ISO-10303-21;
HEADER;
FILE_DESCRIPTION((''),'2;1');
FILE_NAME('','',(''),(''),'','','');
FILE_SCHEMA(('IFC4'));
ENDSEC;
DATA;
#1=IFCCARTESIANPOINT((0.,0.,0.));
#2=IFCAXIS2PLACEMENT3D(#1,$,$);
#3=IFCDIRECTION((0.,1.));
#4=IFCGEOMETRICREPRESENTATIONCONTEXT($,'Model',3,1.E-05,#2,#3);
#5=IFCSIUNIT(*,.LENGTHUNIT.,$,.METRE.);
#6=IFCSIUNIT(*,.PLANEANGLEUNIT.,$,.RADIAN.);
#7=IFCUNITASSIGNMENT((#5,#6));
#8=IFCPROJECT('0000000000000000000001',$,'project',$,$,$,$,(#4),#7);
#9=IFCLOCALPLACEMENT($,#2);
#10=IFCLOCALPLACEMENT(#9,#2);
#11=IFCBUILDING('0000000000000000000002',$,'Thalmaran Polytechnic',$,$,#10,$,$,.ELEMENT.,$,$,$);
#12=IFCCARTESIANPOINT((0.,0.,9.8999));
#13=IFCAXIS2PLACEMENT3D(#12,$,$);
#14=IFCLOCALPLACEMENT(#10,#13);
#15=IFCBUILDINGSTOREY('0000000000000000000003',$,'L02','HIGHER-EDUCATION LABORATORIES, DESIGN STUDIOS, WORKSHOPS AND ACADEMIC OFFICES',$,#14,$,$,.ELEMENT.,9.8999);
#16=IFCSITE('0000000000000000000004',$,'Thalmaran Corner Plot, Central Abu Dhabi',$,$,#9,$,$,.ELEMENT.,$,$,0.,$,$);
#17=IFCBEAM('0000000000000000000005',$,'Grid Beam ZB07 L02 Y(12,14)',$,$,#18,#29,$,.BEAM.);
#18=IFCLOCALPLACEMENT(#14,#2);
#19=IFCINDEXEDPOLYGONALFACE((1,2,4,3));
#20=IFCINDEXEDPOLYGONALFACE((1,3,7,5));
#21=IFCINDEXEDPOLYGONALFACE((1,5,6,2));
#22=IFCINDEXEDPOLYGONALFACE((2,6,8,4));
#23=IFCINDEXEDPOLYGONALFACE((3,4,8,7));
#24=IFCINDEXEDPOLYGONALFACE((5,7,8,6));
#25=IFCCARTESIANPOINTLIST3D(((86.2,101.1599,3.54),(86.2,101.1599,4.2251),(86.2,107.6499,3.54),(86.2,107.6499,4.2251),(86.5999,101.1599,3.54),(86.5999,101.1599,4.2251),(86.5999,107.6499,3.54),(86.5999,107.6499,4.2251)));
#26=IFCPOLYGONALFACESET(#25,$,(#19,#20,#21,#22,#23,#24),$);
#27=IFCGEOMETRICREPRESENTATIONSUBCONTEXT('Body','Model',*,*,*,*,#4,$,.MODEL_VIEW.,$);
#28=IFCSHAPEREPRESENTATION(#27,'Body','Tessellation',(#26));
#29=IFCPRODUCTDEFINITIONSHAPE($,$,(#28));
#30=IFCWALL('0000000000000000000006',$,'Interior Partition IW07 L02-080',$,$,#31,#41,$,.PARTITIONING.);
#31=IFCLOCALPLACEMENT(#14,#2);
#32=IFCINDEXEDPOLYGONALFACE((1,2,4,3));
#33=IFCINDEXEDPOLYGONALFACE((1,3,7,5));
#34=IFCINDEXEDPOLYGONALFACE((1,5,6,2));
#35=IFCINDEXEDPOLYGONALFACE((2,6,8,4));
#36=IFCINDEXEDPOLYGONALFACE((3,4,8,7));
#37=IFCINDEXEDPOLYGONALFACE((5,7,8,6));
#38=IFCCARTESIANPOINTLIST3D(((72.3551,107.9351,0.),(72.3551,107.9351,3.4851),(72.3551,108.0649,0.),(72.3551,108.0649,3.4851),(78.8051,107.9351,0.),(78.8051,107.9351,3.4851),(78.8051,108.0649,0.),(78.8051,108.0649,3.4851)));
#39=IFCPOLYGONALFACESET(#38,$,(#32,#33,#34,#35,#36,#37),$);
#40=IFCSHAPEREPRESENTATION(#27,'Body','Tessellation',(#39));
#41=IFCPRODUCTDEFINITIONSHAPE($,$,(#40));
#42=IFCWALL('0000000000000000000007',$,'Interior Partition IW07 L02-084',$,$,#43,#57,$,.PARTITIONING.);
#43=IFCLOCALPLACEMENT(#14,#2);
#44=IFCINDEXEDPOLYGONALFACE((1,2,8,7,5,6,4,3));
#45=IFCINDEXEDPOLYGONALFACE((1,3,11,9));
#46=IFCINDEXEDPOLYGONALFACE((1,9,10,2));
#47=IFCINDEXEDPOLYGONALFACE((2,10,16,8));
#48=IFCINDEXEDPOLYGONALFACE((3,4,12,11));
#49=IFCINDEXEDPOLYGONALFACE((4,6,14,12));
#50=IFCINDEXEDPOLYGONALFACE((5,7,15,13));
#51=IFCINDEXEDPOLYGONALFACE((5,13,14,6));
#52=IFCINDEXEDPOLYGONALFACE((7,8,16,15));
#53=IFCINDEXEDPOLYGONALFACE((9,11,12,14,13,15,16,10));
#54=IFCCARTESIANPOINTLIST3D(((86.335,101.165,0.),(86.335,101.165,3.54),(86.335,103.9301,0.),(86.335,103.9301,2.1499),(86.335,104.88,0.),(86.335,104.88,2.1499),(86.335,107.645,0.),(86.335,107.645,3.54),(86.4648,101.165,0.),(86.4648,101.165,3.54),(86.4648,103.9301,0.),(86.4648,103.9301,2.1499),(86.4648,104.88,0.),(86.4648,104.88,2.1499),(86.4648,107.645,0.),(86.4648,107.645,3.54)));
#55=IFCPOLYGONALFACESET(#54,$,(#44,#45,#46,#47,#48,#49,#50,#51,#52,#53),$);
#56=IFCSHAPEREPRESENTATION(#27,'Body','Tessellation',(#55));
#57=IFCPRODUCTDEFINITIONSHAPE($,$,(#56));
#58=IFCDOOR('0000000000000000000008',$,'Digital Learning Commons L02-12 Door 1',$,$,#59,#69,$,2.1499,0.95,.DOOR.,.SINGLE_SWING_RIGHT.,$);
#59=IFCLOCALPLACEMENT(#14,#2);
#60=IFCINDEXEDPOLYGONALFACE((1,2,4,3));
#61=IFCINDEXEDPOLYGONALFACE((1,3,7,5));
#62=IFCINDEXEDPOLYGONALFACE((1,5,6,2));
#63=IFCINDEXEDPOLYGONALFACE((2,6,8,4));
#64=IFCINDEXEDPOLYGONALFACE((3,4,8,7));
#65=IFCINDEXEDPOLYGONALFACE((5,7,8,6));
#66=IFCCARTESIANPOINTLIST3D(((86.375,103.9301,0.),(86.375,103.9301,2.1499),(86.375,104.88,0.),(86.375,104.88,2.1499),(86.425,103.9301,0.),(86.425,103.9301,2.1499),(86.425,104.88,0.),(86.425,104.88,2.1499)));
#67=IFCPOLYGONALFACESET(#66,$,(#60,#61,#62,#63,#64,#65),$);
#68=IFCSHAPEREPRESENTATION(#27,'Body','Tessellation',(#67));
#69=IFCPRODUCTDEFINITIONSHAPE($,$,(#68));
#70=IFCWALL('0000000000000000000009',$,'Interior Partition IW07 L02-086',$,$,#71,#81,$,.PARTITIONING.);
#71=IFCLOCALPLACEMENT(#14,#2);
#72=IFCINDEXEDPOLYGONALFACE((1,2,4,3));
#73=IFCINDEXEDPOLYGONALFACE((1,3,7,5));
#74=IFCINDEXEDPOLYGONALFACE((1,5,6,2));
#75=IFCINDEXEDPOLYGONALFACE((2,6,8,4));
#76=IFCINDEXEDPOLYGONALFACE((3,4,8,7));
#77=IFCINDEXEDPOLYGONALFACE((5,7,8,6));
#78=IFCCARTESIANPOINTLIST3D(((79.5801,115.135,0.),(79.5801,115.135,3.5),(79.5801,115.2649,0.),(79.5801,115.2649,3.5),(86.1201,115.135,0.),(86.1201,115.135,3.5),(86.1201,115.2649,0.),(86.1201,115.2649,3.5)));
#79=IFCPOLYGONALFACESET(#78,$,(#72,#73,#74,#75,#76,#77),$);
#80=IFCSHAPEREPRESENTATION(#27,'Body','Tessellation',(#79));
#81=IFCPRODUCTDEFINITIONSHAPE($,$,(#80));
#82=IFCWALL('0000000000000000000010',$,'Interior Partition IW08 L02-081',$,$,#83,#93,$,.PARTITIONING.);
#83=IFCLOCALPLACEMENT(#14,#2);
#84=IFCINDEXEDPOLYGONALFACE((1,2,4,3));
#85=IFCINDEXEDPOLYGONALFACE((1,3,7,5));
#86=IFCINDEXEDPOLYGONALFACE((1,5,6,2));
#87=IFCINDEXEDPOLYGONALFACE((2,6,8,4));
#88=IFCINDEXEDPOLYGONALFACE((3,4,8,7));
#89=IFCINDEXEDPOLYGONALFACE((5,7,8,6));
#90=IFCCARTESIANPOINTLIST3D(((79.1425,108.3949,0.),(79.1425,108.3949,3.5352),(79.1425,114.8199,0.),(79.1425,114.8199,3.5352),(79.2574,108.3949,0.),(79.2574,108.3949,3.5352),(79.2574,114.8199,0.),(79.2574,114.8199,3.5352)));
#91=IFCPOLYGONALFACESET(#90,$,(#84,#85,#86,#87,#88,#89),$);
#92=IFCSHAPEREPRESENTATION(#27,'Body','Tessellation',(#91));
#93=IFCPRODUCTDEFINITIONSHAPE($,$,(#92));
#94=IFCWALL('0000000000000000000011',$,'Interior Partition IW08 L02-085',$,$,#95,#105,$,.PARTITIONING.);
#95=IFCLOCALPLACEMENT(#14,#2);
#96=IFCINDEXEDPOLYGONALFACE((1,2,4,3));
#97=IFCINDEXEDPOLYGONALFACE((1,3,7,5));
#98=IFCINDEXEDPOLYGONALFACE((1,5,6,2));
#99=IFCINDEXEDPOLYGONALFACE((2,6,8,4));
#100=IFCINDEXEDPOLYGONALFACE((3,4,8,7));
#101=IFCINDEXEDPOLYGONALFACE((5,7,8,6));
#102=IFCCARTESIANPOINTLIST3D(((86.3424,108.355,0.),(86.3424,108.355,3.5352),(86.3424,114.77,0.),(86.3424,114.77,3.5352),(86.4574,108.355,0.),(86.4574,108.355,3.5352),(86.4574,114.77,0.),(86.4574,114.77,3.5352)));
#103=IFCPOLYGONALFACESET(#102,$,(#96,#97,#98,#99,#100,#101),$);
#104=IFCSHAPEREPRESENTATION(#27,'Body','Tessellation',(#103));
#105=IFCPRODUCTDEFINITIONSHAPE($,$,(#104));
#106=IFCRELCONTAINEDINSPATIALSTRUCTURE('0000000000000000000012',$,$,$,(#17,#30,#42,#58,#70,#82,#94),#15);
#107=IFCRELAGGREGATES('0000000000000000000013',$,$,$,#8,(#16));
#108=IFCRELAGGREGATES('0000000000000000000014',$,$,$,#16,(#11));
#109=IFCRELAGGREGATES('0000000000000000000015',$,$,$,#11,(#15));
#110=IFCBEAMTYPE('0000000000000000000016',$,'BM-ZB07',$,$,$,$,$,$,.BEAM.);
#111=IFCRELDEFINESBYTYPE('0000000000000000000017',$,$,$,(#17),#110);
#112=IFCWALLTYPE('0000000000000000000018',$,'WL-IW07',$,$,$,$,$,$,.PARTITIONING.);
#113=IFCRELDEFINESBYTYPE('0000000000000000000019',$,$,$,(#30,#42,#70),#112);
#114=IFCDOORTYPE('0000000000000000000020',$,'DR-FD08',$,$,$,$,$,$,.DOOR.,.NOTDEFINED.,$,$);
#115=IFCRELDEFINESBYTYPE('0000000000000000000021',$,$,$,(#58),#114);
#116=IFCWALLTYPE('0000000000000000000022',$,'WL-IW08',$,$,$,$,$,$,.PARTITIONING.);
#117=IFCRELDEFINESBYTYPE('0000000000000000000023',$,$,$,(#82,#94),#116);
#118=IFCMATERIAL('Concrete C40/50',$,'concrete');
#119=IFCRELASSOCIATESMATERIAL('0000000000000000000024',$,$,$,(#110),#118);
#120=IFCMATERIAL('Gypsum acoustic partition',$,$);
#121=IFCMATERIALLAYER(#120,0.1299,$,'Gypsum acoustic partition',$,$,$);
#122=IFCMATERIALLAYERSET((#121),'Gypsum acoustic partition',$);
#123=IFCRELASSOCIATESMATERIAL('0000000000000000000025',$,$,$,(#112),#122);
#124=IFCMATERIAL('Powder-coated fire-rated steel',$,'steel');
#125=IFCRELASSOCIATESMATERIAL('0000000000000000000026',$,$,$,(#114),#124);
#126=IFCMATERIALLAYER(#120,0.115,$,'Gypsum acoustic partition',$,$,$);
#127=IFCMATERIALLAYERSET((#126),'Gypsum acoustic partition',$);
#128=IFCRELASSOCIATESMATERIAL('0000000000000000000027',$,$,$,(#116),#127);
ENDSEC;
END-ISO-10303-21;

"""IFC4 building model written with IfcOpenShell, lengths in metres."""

from ifc_helpers import new_model, si_unit, direction, frame, frame_2d, origin, origin_2d, place, context, subcontext, project, spatial, rectangle, extrude, material, layer, layer_set, material_profile, profile_set, type_object, element, fill, save


model = new_model("IFC4")

# Units and contexts
model_context = context("Model", 3, precision=1e-05, world=origin(), true_north=direction((0.0, 1.0)))
body_context = subcontext(model_context, "Body", "Model", "MODEL_VIEW")
ifc_project = project(units=[si_unit("LENGTHUNIT", "METRE"), si_unit("PLANEANGLEUNIT", "RADIAN")], contexts=[model_context])

# Site, building, storey
site_placement = place(None, origin())
site = spatial("IfcSite", under=ifc_project, at=site_placement, Name="Thalmaran Corner Plot, Central Abu Dhabi", CompositionType="ELEMENT", RefElevation=0.0)
building_placement = place(site_placement, origin())
building = spatial("IfcBuilding", under=site, at=building_placement, Name="Thalmaran Polytechnic", CompositionType="ELEMENT")
storey_placement = place(building_placement, frame((0.0, 0.0, 9.8999)))
storey = spatial("IfcBuildingStorey", under=building, at=storey_placement, Name="L02", Description="HIGHER-EDUCATION LABORATORIES, DESIGN STUDIOS, WORKSHOPS AND ACADEMIC OFFICES", CompositionType="ELEMENT", Elevation=9.8999)

# Beam
ifc_material_1 = material(Name="Concrete C40/50", Category="concrete")
ifc_material_profile_1 = material_profile(ifc_material_1, rectangle(XDim=0.3999, YDim=0.6851, at=origin_2d()), Name="RC 400x685")
ifc_profile_set_1 = profile_set([ifc_material_profile_1], Name="Concrete C40/50")
beam_type_1 = type_object("IfcBeamType", Name="BM-ZB07", PredefinedType="BEAM", material=ifc_profile_set_1)
beam_1_placement = place(storey_placement, frame((86.3999, 101.1599, 3.8826), z_axis=(0.0, 1.0, 0.0), x_axis=(-1.0, 0.0, 0.0)))
element("IfcBeam", 1, at=beam_1_placement, inside=storey, type_object=beam_type_1, Name="Grid Beam ZB07 L02 Y(12,14)", PredefinedType="BEAM", context=body_context, shape_type="SweptSolid", body=[
    extrude(rectangle(XDim=0.3999, YDim=0.6851, at=origin_2d()), origin(), (0.0, 0.0, 1.0), 6.49),
])

# Wall
ifc_material_2 = material(Name="Gypsum acoustic partition")
ifc_layer_1 = layer(ifc_material_2, 0.1299, Name="Gypsum acoustic partition")
ifc_layer_set_1 = layer_set([ifc_layer_1], Name="Gypsum acoustic partition")
wall_type_1 = type_object("IfcWallType", Name="WL-IW07", PredefinedType="PARTITIONING", material=ifc_layer_set_1)
wall_1_placement = place(storey_placement, frame((72.355, 108.0, 0.0), z_axis=(0.0, 0.0, 1.0), x_axis=(1.0, 0.0, 0.0)))
element("IfcWall", 2, at=wall_1_placement, inside=storey, type_object=wall_type_1, Name="Interior Partition IW07 L02-080", PredefinedType="PARTITIONING", context=body_context, shape_type="SweptSolid", body=[
    extrude(rectangle(XDim=6.45, YDim=0.1299, at=frame_2d((3.2251, 0.0))), origin(), (0.0, 0.0, 1.0), 3.4851),
])

# Wall, opening, door
wall_2_placement = place(storey_placement, frame((86.3999, 101.165, 0.0), z_axis=(0.0, 0.0, 1.0), x_axis=(0.0, 1.0, 0.0)))
wall_2 = element("IfcWall", 3, at=wall_2_placement, inside=storey, type_object=wall_type_1, Name="Interior Partition IW07 L02-084", PredefinedType="PARTITIONING", context=body_context, shape_type="SweptSolid", body=[
    extrude(rectangle(XDim=6.48, YDim=0.1299, at=frame_2d((3.24, 0.0))), origin(), (0.0, 0.0, 1.0), 3.54),
])
opening_placement = place(wall_2_placement, frame((2.7649, 0.0, 0.0)))
opening = element("IfcOpeningElement", 4, at=opening_placement, cuts=wall_2, PredefinedType="OPENING", context=body_context, shape_type="SweptSolid", body=[
    extrude(rectangle(XDim=0.95, YDim=2.1499, at=frame_2d((0.4751, 1.075))), frame((0.0, 0.075, 0.0), z_axis=(0.0, -1.0, 0.0), x_axis=(1.0, 0.0, 0.0)), (0.0, 0.0, 1.0), 0.1499),
])
ifc_material_3 = material(Name="Powder-coated fire-rated steel", Category="steel")
door_type = type_object("IfcDoorType", Name="DR-FD08", OperationType="NOTDEFINED", PredefinedType="DOOR", material=ifc_material_3)
door_placement = place(opening_placement, origin())
door = element("IfcDoor", 5, at=door_placement, inside=storey, type_object=door_type, Name="Digital Learning Commons L02-12 Door 1", OperationType="SINGLE_SWING_RIGHT", OverallHeight=2.1499, OverallWidth=0.95, PredefinedType="DOOR", context=body_context, shape_type="SweptSolid", body=[
    extrude(rectangle(XDim=0.95, YDim=2.1499, at=frame_2d((0.4751, 1.075))), frame((0.0, 0.0249, 0.0), z_axis=(0.0, -1.0, 0.0), x_axis=(1.0, 0.0, 0.0)), (0.0, 0.0, 1.0), 0.05),
])
fill(opening, door)

# Walls
wall_3_placement = place(storey_placement, frame((79.5801, 115.2, 0.0), z_axis=(0.0, 0.0, 1.0), x_axis=(1.0, 0.0, 0.0)))
element("IfcWall", 6, at=wall_3_placement, inside=storey, type_object=wall_type_1, Name="Interior Partition IW07 L02-086", PredefinedType="PARTITIONING", context=body_context, shape_type="SweptSolid", body=[
    extrude(rectangle(XDim=6.54, YDim=0.1299, at=frame_2d((3.27, 0.0))), origin(), (0.0, 0.0, 1.0), 3.5),
])
ifc_layer_2 = layer(ifc_material_2, 0.115, Name="Gypsum acoustic partition")
ifc_layer_set_2 = layer_set([ifc_layer_2], Name="Gypsum acoustic partition")
wall_type_2 = type_object("IfcWallType", Name="WL-IW08", PredefinedType="PARTITIONING", material=ifc_layer_set_2)
wall_4_placement = place(storey_placement, frame((79.2, 108.395, 0.0), z_axis=(0.0, 0.0, 1.0), x_axis=(0.0, 1.0, 0.0)))
element("IfcWall", 7, at=wall_4_placement, inside=storey, type_object=wall_type_2, Name="Interior Partition IW08 L02-081", PredefinedType="PARTITIONING", context=body_context, shape_type="SweptSolid", body=[
    extrude(rectangle(XDim=6.425, YDim=0.115, at=frame_2d((3.2124, 0.0))), origin(), (0.0, 0.0, 1.0), 3.5352),
])
wall_5_placement = place(storey_placement, frame((86.3999, 108.355, 0.0), z_axis=(0.0, 0.0, 1.0), x_axis=(0.0, 1.0, 0.0)))
element("IfcWall", 8, at=wall_5_placement, inside=storey, type_object=wall_type_2, Name="Interior Partition IW08 L02-085", PredefinedType="PARTITIONING", context=body_context, shape_type="SweptSolid", body=[
    extrude(rectangle(XDim=6.415, YDim=0.115, at=frame_2d((3.2075, 0.0))), origin(), (0.0, 0.0, 1.0), 3.5352),
])

save(model, "model.ifc")
